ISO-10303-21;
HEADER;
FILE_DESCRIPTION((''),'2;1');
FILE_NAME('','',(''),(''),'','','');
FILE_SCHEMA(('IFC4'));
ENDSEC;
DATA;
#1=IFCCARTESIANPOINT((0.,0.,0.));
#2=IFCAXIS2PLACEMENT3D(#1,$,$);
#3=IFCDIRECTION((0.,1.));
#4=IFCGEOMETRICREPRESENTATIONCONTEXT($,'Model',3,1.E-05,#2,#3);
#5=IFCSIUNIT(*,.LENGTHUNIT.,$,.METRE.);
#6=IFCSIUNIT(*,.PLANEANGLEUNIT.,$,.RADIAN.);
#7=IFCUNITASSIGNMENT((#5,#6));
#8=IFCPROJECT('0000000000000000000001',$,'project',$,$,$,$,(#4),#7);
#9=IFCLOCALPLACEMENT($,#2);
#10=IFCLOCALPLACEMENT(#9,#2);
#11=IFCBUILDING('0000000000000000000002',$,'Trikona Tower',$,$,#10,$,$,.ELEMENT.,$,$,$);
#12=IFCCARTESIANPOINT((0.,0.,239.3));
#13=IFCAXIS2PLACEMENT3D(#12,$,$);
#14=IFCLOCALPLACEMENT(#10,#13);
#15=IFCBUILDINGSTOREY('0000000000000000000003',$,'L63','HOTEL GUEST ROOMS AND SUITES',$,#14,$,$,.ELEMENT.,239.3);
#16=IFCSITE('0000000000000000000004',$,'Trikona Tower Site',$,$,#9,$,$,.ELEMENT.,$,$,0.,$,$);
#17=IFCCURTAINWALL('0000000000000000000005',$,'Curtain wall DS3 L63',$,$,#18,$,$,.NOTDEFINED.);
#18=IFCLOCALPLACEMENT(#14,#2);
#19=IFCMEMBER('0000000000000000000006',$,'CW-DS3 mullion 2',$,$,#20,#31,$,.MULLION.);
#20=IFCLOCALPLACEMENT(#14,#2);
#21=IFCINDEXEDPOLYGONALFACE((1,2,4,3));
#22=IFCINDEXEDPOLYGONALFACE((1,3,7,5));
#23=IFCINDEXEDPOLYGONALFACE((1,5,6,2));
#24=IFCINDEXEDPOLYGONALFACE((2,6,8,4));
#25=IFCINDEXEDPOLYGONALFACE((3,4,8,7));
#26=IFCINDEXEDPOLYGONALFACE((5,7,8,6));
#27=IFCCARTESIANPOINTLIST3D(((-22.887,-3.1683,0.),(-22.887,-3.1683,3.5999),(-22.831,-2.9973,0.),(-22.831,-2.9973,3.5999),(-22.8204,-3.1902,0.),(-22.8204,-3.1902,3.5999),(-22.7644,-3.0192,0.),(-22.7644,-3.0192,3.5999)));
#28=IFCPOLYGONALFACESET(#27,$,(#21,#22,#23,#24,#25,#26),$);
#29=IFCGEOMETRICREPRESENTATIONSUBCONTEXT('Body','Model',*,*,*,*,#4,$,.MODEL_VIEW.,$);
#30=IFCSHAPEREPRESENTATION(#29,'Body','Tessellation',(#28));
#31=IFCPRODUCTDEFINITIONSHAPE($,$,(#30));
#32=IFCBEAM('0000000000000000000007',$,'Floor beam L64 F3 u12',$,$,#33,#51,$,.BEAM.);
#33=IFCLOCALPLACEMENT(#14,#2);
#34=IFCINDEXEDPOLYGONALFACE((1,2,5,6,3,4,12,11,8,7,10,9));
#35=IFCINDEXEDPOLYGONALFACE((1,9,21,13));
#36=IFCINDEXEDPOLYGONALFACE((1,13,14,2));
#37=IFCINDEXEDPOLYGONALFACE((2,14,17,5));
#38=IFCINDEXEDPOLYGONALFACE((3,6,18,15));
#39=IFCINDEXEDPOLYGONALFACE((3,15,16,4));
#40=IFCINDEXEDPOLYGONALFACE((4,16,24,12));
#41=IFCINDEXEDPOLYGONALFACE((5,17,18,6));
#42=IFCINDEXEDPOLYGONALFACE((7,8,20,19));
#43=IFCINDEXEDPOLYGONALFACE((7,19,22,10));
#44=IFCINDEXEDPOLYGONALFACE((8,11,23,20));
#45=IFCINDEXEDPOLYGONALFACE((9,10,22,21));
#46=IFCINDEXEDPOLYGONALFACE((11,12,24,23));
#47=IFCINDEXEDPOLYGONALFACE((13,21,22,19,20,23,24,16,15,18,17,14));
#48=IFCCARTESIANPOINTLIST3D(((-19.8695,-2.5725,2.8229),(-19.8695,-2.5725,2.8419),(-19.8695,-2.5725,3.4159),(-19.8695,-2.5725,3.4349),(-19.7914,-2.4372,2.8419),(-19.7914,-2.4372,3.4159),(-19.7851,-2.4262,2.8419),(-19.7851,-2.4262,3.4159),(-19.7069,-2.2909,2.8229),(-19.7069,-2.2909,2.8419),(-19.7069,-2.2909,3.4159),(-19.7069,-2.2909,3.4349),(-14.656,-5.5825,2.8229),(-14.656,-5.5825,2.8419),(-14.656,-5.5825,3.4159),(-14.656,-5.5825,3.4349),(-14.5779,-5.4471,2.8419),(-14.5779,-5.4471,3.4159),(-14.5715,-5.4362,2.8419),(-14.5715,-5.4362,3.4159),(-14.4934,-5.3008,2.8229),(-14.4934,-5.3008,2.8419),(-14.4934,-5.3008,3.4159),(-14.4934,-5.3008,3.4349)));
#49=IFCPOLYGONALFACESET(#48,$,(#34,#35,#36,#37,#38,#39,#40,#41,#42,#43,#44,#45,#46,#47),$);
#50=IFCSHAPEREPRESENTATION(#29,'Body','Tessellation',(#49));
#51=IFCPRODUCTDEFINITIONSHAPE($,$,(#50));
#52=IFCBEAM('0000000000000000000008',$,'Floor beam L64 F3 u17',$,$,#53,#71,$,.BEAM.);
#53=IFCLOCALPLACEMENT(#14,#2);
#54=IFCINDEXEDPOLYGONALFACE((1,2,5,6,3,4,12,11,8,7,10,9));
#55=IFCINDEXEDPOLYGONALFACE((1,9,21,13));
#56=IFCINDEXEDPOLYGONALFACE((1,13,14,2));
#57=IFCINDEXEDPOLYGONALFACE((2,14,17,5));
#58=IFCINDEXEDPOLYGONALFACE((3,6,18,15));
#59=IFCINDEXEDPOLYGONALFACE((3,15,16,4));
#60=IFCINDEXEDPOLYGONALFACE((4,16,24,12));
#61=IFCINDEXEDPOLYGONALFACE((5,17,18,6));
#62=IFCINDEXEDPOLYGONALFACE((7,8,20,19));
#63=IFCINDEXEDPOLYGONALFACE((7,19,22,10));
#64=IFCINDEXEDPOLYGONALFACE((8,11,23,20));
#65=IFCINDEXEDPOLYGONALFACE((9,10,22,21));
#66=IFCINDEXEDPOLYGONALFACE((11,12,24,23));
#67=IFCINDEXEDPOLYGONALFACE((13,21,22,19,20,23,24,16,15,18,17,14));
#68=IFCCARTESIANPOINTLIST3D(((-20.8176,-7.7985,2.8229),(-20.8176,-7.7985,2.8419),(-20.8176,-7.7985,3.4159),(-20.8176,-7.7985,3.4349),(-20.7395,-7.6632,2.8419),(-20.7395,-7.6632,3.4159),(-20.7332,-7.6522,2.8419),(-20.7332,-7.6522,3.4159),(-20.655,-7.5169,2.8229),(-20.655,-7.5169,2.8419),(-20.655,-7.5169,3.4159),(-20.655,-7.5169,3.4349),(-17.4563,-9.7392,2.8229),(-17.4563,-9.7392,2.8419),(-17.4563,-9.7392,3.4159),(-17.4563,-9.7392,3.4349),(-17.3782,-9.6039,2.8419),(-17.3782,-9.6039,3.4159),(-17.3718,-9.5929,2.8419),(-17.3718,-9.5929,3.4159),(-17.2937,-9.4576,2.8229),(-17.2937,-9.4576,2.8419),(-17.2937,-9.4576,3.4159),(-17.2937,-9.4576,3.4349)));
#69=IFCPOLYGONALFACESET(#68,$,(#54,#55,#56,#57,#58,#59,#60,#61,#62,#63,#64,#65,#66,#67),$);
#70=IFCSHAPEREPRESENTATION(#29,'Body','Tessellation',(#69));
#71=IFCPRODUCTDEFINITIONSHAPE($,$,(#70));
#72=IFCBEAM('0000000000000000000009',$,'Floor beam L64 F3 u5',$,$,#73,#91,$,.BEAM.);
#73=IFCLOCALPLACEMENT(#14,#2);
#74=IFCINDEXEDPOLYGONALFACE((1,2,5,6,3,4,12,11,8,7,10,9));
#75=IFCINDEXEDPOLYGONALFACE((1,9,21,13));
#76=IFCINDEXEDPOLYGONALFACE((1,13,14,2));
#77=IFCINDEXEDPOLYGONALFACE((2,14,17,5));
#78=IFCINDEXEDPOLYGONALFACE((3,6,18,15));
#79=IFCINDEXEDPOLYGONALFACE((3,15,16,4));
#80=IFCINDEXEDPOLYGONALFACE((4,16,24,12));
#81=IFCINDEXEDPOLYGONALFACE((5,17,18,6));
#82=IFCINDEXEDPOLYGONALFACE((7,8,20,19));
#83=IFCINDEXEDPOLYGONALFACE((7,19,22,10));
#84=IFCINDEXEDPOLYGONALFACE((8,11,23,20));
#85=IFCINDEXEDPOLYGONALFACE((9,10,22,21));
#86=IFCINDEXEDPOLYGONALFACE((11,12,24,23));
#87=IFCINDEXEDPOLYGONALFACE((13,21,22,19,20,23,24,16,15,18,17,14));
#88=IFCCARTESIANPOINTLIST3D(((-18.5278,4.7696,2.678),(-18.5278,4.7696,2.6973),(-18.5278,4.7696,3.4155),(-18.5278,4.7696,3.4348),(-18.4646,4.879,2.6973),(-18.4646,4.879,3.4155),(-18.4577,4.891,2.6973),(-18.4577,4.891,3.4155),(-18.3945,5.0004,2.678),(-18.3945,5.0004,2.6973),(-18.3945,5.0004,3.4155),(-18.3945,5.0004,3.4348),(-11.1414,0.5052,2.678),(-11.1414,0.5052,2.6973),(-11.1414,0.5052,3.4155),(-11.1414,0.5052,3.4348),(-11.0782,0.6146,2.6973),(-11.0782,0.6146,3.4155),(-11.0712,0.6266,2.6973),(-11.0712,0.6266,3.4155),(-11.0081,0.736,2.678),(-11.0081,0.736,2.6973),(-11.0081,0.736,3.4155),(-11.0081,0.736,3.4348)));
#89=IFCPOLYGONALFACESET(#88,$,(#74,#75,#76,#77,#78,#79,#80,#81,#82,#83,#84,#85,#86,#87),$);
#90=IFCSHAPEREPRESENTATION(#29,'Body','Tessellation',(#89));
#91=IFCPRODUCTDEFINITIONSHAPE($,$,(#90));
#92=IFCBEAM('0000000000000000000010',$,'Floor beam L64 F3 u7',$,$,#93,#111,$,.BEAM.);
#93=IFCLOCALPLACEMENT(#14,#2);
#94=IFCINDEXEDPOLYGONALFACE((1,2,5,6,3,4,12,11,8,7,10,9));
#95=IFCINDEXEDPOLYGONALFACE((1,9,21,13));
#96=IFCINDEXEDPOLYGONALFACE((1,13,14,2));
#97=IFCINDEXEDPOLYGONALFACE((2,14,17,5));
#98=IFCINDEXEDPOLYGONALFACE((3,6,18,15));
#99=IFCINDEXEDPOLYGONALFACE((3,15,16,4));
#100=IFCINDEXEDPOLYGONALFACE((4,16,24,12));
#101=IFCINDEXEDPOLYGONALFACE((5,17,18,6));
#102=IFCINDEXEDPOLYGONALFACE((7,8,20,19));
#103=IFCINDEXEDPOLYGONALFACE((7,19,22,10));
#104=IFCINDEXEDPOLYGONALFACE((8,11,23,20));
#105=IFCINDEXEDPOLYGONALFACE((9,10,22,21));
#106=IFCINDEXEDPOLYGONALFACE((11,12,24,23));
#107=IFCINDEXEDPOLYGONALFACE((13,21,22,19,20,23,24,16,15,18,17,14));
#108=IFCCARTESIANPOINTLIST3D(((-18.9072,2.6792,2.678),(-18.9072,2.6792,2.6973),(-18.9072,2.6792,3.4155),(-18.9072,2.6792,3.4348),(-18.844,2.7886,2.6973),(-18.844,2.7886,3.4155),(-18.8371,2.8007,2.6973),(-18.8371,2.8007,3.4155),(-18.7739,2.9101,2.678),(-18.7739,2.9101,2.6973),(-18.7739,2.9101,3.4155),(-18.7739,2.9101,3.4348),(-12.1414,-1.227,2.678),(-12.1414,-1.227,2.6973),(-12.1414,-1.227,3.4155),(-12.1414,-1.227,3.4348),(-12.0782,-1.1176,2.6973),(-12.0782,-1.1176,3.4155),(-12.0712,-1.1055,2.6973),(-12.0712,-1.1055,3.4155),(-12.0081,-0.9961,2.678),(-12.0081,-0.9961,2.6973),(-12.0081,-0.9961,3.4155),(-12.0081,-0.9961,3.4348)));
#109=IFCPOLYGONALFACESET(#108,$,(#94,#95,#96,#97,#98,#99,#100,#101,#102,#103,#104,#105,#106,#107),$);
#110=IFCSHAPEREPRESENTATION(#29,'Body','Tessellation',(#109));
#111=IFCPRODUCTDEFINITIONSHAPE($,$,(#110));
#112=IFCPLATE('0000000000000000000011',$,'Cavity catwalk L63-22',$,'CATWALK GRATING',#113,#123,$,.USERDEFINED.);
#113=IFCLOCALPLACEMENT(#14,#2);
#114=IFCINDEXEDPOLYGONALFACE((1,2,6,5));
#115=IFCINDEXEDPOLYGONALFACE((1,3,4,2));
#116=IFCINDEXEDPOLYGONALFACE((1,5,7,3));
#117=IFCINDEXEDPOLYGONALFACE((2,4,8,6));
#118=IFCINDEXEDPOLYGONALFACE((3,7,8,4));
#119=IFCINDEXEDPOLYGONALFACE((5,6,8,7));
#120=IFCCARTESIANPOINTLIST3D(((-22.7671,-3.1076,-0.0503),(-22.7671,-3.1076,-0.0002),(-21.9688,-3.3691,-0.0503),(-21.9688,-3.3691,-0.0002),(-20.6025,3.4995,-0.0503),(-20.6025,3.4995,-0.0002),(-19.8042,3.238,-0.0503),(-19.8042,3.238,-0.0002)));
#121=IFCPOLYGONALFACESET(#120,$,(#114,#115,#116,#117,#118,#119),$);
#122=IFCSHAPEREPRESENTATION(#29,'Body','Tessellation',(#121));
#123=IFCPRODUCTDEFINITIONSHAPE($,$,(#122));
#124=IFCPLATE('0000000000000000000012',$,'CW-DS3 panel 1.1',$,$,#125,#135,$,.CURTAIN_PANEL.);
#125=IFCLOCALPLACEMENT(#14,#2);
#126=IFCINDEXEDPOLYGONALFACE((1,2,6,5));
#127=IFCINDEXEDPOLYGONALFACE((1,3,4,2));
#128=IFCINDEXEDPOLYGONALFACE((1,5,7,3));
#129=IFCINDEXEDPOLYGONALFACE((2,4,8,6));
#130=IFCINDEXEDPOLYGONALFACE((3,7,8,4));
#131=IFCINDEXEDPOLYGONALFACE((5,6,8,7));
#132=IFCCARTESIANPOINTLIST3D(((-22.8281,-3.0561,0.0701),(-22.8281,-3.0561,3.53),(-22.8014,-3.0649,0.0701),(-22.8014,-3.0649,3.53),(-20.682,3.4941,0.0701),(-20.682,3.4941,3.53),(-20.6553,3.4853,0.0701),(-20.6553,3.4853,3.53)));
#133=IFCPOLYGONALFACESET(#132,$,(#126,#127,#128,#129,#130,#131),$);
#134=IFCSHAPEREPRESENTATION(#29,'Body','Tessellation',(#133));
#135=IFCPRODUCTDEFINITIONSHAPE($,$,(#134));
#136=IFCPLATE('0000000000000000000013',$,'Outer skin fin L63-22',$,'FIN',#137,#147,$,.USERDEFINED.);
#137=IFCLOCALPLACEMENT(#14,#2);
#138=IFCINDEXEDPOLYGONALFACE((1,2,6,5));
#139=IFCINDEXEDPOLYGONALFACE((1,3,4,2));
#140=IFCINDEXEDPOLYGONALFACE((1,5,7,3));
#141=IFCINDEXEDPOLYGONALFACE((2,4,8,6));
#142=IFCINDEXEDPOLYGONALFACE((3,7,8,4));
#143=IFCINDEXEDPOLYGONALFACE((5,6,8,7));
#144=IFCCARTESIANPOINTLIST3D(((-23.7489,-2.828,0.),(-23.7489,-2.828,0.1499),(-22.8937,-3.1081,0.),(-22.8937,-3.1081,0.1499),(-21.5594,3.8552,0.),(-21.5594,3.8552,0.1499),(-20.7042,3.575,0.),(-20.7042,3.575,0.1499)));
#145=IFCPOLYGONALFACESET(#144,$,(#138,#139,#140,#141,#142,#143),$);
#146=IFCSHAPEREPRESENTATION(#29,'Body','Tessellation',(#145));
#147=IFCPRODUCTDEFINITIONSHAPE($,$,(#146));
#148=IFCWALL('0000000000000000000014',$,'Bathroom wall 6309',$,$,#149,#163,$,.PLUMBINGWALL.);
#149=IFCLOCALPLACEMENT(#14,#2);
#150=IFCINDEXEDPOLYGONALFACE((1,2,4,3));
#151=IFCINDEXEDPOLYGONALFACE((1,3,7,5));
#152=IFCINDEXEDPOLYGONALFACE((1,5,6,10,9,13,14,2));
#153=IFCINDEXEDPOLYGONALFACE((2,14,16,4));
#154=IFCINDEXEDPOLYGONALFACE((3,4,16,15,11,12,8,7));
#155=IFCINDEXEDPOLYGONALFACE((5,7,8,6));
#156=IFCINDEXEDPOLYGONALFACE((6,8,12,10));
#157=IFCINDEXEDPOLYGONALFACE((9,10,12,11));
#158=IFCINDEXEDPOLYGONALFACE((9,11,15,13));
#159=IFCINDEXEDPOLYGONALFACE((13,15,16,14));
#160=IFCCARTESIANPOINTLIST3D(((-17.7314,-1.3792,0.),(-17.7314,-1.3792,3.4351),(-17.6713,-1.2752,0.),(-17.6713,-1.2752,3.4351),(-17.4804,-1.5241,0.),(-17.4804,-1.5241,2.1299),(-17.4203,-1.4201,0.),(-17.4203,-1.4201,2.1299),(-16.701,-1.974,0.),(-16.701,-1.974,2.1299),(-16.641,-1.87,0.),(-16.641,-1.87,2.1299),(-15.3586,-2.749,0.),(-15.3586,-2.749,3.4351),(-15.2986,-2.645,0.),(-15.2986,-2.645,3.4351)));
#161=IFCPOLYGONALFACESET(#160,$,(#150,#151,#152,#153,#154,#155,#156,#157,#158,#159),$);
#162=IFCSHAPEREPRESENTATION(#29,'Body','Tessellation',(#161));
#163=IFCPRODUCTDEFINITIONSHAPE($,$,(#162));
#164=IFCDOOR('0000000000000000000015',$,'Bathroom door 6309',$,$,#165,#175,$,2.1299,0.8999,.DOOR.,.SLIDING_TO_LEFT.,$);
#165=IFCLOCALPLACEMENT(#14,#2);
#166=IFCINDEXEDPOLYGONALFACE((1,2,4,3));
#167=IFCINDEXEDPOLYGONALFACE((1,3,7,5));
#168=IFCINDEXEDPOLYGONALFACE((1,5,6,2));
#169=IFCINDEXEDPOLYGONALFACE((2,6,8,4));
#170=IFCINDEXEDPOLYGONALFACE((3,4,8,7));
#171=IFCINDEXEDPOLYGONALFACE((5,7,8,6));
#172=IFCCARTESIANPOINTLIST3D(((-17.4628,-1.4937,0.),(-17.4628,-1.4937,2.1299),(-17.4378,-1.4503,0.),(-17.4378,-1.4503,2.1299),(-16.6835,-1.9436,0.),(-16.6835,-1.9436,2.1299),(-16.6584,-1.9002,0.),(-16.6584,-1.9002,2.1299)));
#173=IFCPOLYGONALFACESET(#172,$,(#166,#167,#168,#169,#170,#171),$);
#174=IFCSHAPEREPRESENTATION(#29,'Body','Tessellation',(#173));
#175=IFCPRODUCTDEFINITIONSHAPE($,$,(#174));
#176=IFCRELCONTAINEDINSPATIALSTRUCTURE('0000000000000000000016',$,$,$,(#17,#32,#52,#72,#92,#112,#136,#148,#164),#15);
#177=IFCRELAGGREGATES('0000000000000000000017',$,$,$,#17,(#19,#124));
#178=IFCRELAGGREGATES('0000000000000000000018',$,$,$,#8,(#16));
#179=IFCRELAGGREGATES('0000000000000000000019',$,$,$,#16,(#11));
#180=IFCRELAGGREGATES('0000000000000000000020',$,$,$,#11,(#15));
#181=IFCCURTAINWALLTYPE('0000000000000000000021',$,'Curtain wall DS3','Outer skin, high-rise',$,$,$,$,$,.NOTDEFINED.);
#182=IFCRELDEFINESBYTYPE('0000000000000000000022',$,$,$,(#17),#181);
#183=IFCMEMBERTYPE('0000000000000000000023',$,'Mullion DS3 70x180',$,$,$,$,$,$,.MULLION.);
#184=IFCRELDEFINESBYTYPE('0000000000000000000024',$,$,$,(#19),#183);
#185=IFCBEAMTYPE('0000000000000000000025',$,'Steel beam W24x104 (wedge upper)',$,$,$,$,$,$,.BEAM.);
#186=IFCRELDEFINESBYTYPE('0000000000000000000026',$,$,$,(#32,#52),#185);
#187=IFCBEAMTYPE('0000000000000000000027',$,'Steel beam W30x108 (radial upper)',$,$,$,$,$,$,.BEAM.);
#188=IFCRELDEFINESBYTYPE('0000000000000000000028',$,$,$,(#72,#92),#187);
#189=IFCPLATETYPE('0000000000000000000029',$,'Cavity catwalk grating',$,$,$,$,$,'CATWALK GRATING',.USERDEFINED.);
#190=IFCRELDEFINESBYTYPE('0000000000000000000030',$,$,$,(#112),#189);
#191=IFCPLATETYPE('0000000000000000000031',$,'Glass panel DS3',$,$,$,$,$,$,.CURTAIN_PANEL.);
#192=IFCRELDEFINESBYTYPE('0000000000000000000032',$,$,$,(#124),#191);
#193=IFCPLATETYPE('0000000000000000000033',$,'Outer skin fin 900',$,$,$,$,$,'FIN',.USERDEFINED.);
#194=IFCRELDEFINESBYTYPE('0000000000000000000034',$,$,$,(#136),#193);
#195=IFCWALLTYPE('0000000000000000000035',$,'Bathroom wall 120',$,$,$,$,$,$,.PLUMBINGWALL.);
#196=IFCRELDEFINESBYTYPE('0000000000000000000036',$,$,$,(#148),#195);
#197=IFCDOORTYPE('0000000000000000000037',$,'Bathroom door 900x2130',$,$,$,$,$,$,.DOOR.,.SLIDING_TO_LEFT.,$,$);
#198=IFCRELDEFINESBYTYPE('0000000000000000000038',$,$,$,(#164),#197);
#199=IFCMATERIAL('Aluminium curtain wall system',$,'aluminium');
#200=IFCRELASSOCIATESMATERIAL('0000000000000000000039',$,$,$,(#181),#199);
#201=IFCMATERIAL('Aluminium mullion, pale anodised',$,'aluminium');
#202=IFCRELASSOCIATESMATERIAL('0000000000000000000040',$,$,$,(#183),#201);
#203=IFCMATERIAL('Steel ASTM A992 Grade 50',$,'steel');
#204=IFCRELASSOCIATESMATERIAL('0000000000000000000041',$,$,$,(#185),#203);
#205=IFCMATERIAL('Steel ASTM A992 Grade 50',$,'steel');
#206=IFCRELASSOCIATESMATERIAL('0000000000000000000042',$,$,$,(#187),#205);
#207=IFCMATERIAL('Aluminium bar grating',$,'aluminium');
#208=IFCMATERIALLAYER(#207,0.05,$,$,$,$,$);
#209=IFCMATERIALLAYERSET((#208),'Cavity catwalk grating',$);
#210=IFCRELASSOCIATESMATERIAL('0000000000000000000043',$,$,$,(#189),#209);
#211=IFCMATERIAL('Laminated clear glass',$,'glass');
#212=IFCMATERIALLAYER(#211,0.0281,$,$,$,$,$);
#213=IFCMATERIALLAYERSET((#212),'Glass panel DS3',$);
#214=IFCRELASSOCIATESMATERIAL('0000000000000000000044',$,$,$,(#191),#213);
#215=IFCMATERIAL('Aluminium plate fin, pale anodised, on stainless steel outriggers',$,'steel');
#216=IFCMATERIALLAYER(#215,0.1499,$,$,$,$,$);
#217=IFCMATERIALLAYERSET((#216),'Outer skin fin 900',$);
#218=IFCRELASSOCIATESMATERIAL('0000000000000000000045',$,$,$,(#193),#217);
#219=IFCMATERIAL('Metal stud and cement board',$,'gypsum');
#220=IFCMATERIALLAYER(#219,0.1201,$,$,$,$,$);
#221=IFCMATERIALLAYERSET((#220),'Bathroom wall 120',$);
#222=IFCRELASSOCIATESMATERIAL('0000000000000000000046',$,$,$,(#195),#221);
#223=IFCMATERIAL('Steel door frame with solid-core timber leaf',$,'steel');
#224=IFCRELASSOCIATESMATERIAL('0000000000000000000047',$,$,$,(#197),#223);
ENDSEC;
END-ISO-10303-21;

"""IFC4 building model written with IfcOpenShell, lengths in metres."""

from ifc_helpers import new_model, si_unit, direction, frame, frame_2d, origin, origin_2d, place, context, subcontext, project, spatial, rectangle, i_section, extrude, material, layer, layer_set, material_profile, profile_set, type_object, element, fill, aggregate, save


model = new_model("IFC4")

# Units and contexts
model_context = context("Model", 3, precision=1e-05, world=origin(), true_north=direction((0.0, 1.0)))
body_context = subcontext(model_context, "Body", "Model", "MODEL_VIEW")
ifc_project = project(units=[si_unit("LENGTHUNIT", "METRE"), si_unit("PLANEANGLEUNIT", "RADIAN")], contexts=[model_context])

# Site, building, storey
site_placement = place(None, origin())
site = spatial("IfcSite", under=ifc_project, at=site_placement, Name="Trikona Tower Site", CompositionType="ELEMENT", RefElevation=0.0)
building_placement = place(site_placement, origin())
building = spatial("IfcBuilding", under=site, at=building_placement, Name="Trikona Tower", CompositionType="ELEMENT")
storey_placement = place(building_placement, frame((0.0, 0.0, 239.3)))
storey = spatial("IfcBuildingStorey", under=building, at=storey_placement, Name="L63", Description="HOTEL GUEST ROOMS AND SUITES", CompositionType="ELEMENT", Elevation=239.3)

# Curtain wall, member
ifc_material_1 = material(Name="Aluminium curtain wall system", Category="aluminium")
curtain_wall_type = type_object("IfcCurtainWallType", Name="Curtain wall DS3", Description="Outer skin, high-rise", PredefinedType="NOTDEFINED", material=ifc_material_1)
curtain_wall_placement = place(storey_placement, origin())
curtain_wall = element("IfcCurtainWall", 1, at=curtain_wall_placement, inside=storey, type_object=curtain_wall_type, Name="Curtain wall DS3 L63", PredefinedType="NOTDEFINED")
ifc_material_2 = material(Name="Aluminium mullion, pale anodised", Category="aluminium")
ifc_material_profile_1 = material_profile(ifc_material_2, rectangle(XDim=0.0701, YDim=0.1799, at=origin_2d()), Name="MUL-DS3")
ifc_profile_set_1 = profile_set([ifc_material_profile_1], Name="Aluminium mullion, pale anodised")
member_type = type_object("IfcMemberType", Name="Mullion DS3 70x180", PredefinedType="MULLION", material=ifc_profile_set_1)
member_placement = place(storey_placement, frame((-22.8257, -3.0938, 0.0), z_axis=(0.0, 0.0, 1.0), x_axis=(0.950297, -0.311344, 0.0)))
member = element("IfcMember", 2, at=member_placement, type_object=member_type, Name="CW-DS3 mullion 2", PredefinedType="MULLION", context=body_context, shape_type="SweptSolid", body=[
    extrude(rectangle(XDim=0.0701, YDim=0.1799, at=origin_2d()), origin(), (0.0, 0.0, 1.0), 3.5999),
])

# Beams
ifc_material_3 = material(Name="Steel ASTM A992 Grade 50", Category="steel")
ifc_material_profile_2 = material_profile(ifc_material_3, i_section(OverallWidth=0.3252, OverallDepth=0.6121, WebThickness=0.0127, FlangeThickness=0.019, at=origin_2d()), Name="W24X104")
ifc_profile_set_2 = profile_set([ifc_material_profile_2], Name="Steel ASTM A992 Grade 50")
beam_type_1 = type_object("IfcBeamType", Name="Steel beam W24x104 (wedge upper)", PredefinedType="BEAM", material=ifc_profile_set_2)
beam_1_placement = place(storey_placement, frame((-14.5747, -5.4417, 3.1289), z_axis=(-0.866031, 0.49999, 0.0), x_axis=(-0.49999, -0.866031, 0.0)))
element("IfcBeam", 3, at=beam_1_placement, inside=storey, type_object=beam_type_1, Name="Floor beam L64 F3 u12", PredefinedType="BEAM", context=body_context, shape_type="SweptSolid", body=[
    extrude(i_section(OverallWidth=0.3252, OverallDepth=0.6121, WebThickness=0.0127, FlangeThickness=0.019, at=origin_2d()), origin(), (0.0, 0.0, 1.0), 6.02),
])
beam_2_placement = place(storey_placement, frame((-17.375, -9.5984, 3.1289), z_axis=(-0.866024, 0.500002, 0.0), x_axis=(-0.500002, -0.866024, 0.0)))
element("IfcBeam", 4, at=beam_2_placement, inside=storey, type_object=beam_type_1, Name="Floor beam L64 F3 u17", PredefinedType="BEAM", context=body_context, shape_type="SweptSolid", body=[
    extrude(i_section(OverallWidth=0.3252, OverallDepth=0.6121, WebThickness=0.0127, FlangeThickness=0.019, at=origin_2d()), origin(), (0.0, 0.0, 1.0), 3.8813),
])
ifc_material_4 = material(Name="Steel ASTM A992 Grade 50", Category="steel")
ifc_material_profile_3 = material_profile(ifc_material_4, i_section(OverallWidth=0.2666, OverallDepth=0.7568, WebThickness=0.0139, FlangeThickness=0.0193, at=origin_2d()), Name="W30X108")
ifc_profile_set_3 = profile_set([ifc_material_profile_3], Name="Steel ASTM A992 Grade 50")
beam_type_2 = type_object("IfcBeamType", Name="Steel beam W30x108 (radial upper)", PredefinedType="BEAM", material=ifc_profile_set_3)
beam_3_placement = place(storey_placement, frame((-11.0747, 0.6206, 3.0564), z_axis=(-0.866034, 0.499984, 0.0), x_axis=(-0.499984, -0.866034, 0.0)))
element("IfcBeam", 5, at=beam_3_placement, inside=storey, type_object=beam_type_2, Name="Floor beam L64 F3 u5", PredefinedType="BEAM", context=body_context, shape_type="SweptSolid", body=[
    extrude(i_section(OverallWidth=0.2666, OverallDepth=0.7568, WebThickness=0.0139, FlangeThickness=0.0193, at=origin_2d()), origin(), (0.0, 0.0, 1.0), 8.5291),
])
beam_4_placement = place(storey_placement, frame((-12.0747, -1.1116, 3.0564), z_axis=(-0.866027, 0.499997, 0.0), x_axis=(-0.499997, -0.866027, 0.0)))
element("IfcBeam", 6, at=beam_4_placement, inside=storey, type_object=beam_type_2, Name="Floor beam L64 F3 u7", PredefinedType="BEAM", context=body_context, shape_type="SweptSolid", body=[
    extrude(i_section(OverallWidth=0.2666, OverallDepth=0.7568, WebThickness=0.0139, FlangeThickness=0.0193, at=origin_2d()), origin(), (0.0, 0.0, 1.0), 7.8125),
])

# Plates
ifc_material_5 = material(Name="Aluminium bar grating", Category="aluminium")
ifc_layer_1 = layer(ifc_material_5, 0.05)
ifc_layer_set_1 = layer_set([ifc_layer_1], Name="Cavity catwalk grating")
plate_type_1 = type_object("IfcPlateType", Name="Cavity catwalk grating", ElementType="CATWALK GRATING", PredefinedType="USERDEFINED", material=ifc_layer_set_1)
plate_1_placement = place(storey_placement, frame((-21.2856, 0.0652, -0.0503), z_axis=(0.0, 0.0, 1.0), x_axis=(-0.311337, -0.9503, 0.0)))
element("IfcPlate", 7, at=plate_1_placement, inside=storey, type_object=plate_type_1, Name="Cavity catwalk L63-22", ObjectType="CATWALK GRATING", PredefinedType="USERDEFINED", context=body_context, shape_type="SweptSolid", body=[
    extrude(rectangle(XDim=6.9526, YDim=0.8401, at=origin_2d()), origin(), (0.0, 0.0, 1.0), 0.05),
])
ifc_material_6 = material(Name="Laminated clear glass", Category="glass")
ifc_layer_2 = layer(ifc_material_6, 0.0281)
ifc_layer_set_2 = layer_set([ifc_layer_2], Name="Glass panel DS3")
plate_type_2 = type_object("IfcPlateType", Name="Glass panel DS3", PredefinedType="CURTAIN_PANEL", material=ifc_layer_set_2)
plate_2_placement = place(storey_placement, frame((-21.7417, 0.2146, 0.0701), z_axis=(0.0, 0.0, 1.0), x_axis=(-0.311344, -0.950297, 0.0)))
plate_2 = element("IfcPlate", 8, at=plate_2_placement, type_object=plate_type_2, Name="CW-DS3 panel 1.1", PredefinedType="CURTAIN_PANEL", context=body_context, shape_type="SweptSolid", body=[
    extrude(rectangle(XDim=6.8928, YDim=0.0281, at=origin_2d()), origin(), (0.0, 0.0, 1.0), 3.46),
])
aggregate(curtain_wall, [member, plate_2])
ifc_material_7 = material(Name="Aluminium plate fin, pale anodised, on stainless steel outriggers", Category="steel")
ifc_layer_3 = layer(ifc_material_7, 0.1499)
ifc_layer_set_3 = layer_set([ifc_layer_3], Name="Outer skin fin 900")
plate_type_3 = type_object("IfcPlateType", Name="Outer skin fin 900", ElementType="FIN", PredefinedType="USERDEFINED", material=ifc_layer_set_3)
plate_3_placement = place(storey_placement, frame((-22.2266, 0.3735, 0.0), z_axis=(0.0, 0.0, 1.0), x_axis=(-0.311337, -0.9503, 0.0)))
element("IfcPlate", 9, at=plate_3_placement, inside=storey, type_object=plate_type_3, Name="Outer skin fin L63-22", ObjectType="FIN", PredefinedType="USERDEFINED", context=body_context, shape_type="SweptSolid", body=[
    extrude(rectangle(XDim=7.0327, YDim=0.8999, at=origin_2d()), origin(), (0.0, 0.0, 1.0), 0.1499),
])

# Wall, opening, door
ifc_material_8 = material(Name="Metal stud and cement board", Category="gypsum")
ifc_layer_4 = layer(ifc_material_8, 0.1201)
ifc_layer_set_4 = layer_set([ifc_layer_4], Name="Bathroom wall 120")
wall_type_1 = type_object("IfcWallType", Name="Bathroom wall 120", PredefinedType="PLUMBINGWALL", material=ifc_layer_set_4)
wall_1_placement = place(storey_placement, frame((-15.3286, -2.697, 0.0), z_axis=(0.0, 0.0, 1.0), x_axis=(-0.866036, 0.499982, 0.0)))
wall_1 = element("IfcWall", 10, at=wall_1_placement, inside=storey, type_object=wall_type_1, Name="Bathroom wall 6309", PredefinedType="PLUMBINGWALL", context=body_context, shape_type="SweptSolid", body=[
    extrude(rectangle(XDim=2.7397, YDim=0.1201, at=frame_2d((1.3699, 0.0))), origin(), (0.0, 0.0, 1.0), 3.4351),
])
opening_1_placement = place(wall_1_placement, frame((1.55, 0.0, 0.0)))
opening_1 = element("IfcOpeningElement", 11, at=opening_1_placement, cuts=wall_1, PredefinedType="OPENING", context=body_context, shape_type="SweptSolid", body=[
    extrude(rectangle(XDim=0.8999, YDim=2.1299, at=frame_2d((0.45, 1.0649))), frame((0.0, 0.0701, 0.0), z_axis=(0.0, -1.0, 0.0), x_axis=(1.0, 0.0, 0.0)), (0.0, 0.0, 1.0), 0.1401),
])
ifc_material_9 = material(Name="Steel door frame with solid-core timber leaf", Category="steel")
door_type_1 = type_object("IfcDoorType", Name="Bathroom door 900x2130", OperationType="SLIDING_TO_LEFT", PredefinedType="DOOR", material=ifc_material_9)
door_1_placement = place(opening_1_placement, origin())
door_1 = element("IfcDoor", 12, at=door_1_placement, inside=storey, type_object=door_type_1, Name="Bathroom door 6309", OperationType="SLIDING_TO_LEFT", OverallHeight=2.1299, OverallWidth=0.8999, PredefinedType="DOOR", context=body_context, shape_type="SweptSolid", body=[
    extrude(rectangle(XDim=0.8999, YDim=2.1299, at=frame_2d((0.45, 1.0649))), frame((0.0, 0.0249, 0.0), z_axis=(0.0, -1.0, 0.0), x_axis=(1.0, 0.0, 0.0)), (0.0, 0.0, 1.0), 0.05),
])
fill(opening_1, door_1)

save(model, "model.ifc")
